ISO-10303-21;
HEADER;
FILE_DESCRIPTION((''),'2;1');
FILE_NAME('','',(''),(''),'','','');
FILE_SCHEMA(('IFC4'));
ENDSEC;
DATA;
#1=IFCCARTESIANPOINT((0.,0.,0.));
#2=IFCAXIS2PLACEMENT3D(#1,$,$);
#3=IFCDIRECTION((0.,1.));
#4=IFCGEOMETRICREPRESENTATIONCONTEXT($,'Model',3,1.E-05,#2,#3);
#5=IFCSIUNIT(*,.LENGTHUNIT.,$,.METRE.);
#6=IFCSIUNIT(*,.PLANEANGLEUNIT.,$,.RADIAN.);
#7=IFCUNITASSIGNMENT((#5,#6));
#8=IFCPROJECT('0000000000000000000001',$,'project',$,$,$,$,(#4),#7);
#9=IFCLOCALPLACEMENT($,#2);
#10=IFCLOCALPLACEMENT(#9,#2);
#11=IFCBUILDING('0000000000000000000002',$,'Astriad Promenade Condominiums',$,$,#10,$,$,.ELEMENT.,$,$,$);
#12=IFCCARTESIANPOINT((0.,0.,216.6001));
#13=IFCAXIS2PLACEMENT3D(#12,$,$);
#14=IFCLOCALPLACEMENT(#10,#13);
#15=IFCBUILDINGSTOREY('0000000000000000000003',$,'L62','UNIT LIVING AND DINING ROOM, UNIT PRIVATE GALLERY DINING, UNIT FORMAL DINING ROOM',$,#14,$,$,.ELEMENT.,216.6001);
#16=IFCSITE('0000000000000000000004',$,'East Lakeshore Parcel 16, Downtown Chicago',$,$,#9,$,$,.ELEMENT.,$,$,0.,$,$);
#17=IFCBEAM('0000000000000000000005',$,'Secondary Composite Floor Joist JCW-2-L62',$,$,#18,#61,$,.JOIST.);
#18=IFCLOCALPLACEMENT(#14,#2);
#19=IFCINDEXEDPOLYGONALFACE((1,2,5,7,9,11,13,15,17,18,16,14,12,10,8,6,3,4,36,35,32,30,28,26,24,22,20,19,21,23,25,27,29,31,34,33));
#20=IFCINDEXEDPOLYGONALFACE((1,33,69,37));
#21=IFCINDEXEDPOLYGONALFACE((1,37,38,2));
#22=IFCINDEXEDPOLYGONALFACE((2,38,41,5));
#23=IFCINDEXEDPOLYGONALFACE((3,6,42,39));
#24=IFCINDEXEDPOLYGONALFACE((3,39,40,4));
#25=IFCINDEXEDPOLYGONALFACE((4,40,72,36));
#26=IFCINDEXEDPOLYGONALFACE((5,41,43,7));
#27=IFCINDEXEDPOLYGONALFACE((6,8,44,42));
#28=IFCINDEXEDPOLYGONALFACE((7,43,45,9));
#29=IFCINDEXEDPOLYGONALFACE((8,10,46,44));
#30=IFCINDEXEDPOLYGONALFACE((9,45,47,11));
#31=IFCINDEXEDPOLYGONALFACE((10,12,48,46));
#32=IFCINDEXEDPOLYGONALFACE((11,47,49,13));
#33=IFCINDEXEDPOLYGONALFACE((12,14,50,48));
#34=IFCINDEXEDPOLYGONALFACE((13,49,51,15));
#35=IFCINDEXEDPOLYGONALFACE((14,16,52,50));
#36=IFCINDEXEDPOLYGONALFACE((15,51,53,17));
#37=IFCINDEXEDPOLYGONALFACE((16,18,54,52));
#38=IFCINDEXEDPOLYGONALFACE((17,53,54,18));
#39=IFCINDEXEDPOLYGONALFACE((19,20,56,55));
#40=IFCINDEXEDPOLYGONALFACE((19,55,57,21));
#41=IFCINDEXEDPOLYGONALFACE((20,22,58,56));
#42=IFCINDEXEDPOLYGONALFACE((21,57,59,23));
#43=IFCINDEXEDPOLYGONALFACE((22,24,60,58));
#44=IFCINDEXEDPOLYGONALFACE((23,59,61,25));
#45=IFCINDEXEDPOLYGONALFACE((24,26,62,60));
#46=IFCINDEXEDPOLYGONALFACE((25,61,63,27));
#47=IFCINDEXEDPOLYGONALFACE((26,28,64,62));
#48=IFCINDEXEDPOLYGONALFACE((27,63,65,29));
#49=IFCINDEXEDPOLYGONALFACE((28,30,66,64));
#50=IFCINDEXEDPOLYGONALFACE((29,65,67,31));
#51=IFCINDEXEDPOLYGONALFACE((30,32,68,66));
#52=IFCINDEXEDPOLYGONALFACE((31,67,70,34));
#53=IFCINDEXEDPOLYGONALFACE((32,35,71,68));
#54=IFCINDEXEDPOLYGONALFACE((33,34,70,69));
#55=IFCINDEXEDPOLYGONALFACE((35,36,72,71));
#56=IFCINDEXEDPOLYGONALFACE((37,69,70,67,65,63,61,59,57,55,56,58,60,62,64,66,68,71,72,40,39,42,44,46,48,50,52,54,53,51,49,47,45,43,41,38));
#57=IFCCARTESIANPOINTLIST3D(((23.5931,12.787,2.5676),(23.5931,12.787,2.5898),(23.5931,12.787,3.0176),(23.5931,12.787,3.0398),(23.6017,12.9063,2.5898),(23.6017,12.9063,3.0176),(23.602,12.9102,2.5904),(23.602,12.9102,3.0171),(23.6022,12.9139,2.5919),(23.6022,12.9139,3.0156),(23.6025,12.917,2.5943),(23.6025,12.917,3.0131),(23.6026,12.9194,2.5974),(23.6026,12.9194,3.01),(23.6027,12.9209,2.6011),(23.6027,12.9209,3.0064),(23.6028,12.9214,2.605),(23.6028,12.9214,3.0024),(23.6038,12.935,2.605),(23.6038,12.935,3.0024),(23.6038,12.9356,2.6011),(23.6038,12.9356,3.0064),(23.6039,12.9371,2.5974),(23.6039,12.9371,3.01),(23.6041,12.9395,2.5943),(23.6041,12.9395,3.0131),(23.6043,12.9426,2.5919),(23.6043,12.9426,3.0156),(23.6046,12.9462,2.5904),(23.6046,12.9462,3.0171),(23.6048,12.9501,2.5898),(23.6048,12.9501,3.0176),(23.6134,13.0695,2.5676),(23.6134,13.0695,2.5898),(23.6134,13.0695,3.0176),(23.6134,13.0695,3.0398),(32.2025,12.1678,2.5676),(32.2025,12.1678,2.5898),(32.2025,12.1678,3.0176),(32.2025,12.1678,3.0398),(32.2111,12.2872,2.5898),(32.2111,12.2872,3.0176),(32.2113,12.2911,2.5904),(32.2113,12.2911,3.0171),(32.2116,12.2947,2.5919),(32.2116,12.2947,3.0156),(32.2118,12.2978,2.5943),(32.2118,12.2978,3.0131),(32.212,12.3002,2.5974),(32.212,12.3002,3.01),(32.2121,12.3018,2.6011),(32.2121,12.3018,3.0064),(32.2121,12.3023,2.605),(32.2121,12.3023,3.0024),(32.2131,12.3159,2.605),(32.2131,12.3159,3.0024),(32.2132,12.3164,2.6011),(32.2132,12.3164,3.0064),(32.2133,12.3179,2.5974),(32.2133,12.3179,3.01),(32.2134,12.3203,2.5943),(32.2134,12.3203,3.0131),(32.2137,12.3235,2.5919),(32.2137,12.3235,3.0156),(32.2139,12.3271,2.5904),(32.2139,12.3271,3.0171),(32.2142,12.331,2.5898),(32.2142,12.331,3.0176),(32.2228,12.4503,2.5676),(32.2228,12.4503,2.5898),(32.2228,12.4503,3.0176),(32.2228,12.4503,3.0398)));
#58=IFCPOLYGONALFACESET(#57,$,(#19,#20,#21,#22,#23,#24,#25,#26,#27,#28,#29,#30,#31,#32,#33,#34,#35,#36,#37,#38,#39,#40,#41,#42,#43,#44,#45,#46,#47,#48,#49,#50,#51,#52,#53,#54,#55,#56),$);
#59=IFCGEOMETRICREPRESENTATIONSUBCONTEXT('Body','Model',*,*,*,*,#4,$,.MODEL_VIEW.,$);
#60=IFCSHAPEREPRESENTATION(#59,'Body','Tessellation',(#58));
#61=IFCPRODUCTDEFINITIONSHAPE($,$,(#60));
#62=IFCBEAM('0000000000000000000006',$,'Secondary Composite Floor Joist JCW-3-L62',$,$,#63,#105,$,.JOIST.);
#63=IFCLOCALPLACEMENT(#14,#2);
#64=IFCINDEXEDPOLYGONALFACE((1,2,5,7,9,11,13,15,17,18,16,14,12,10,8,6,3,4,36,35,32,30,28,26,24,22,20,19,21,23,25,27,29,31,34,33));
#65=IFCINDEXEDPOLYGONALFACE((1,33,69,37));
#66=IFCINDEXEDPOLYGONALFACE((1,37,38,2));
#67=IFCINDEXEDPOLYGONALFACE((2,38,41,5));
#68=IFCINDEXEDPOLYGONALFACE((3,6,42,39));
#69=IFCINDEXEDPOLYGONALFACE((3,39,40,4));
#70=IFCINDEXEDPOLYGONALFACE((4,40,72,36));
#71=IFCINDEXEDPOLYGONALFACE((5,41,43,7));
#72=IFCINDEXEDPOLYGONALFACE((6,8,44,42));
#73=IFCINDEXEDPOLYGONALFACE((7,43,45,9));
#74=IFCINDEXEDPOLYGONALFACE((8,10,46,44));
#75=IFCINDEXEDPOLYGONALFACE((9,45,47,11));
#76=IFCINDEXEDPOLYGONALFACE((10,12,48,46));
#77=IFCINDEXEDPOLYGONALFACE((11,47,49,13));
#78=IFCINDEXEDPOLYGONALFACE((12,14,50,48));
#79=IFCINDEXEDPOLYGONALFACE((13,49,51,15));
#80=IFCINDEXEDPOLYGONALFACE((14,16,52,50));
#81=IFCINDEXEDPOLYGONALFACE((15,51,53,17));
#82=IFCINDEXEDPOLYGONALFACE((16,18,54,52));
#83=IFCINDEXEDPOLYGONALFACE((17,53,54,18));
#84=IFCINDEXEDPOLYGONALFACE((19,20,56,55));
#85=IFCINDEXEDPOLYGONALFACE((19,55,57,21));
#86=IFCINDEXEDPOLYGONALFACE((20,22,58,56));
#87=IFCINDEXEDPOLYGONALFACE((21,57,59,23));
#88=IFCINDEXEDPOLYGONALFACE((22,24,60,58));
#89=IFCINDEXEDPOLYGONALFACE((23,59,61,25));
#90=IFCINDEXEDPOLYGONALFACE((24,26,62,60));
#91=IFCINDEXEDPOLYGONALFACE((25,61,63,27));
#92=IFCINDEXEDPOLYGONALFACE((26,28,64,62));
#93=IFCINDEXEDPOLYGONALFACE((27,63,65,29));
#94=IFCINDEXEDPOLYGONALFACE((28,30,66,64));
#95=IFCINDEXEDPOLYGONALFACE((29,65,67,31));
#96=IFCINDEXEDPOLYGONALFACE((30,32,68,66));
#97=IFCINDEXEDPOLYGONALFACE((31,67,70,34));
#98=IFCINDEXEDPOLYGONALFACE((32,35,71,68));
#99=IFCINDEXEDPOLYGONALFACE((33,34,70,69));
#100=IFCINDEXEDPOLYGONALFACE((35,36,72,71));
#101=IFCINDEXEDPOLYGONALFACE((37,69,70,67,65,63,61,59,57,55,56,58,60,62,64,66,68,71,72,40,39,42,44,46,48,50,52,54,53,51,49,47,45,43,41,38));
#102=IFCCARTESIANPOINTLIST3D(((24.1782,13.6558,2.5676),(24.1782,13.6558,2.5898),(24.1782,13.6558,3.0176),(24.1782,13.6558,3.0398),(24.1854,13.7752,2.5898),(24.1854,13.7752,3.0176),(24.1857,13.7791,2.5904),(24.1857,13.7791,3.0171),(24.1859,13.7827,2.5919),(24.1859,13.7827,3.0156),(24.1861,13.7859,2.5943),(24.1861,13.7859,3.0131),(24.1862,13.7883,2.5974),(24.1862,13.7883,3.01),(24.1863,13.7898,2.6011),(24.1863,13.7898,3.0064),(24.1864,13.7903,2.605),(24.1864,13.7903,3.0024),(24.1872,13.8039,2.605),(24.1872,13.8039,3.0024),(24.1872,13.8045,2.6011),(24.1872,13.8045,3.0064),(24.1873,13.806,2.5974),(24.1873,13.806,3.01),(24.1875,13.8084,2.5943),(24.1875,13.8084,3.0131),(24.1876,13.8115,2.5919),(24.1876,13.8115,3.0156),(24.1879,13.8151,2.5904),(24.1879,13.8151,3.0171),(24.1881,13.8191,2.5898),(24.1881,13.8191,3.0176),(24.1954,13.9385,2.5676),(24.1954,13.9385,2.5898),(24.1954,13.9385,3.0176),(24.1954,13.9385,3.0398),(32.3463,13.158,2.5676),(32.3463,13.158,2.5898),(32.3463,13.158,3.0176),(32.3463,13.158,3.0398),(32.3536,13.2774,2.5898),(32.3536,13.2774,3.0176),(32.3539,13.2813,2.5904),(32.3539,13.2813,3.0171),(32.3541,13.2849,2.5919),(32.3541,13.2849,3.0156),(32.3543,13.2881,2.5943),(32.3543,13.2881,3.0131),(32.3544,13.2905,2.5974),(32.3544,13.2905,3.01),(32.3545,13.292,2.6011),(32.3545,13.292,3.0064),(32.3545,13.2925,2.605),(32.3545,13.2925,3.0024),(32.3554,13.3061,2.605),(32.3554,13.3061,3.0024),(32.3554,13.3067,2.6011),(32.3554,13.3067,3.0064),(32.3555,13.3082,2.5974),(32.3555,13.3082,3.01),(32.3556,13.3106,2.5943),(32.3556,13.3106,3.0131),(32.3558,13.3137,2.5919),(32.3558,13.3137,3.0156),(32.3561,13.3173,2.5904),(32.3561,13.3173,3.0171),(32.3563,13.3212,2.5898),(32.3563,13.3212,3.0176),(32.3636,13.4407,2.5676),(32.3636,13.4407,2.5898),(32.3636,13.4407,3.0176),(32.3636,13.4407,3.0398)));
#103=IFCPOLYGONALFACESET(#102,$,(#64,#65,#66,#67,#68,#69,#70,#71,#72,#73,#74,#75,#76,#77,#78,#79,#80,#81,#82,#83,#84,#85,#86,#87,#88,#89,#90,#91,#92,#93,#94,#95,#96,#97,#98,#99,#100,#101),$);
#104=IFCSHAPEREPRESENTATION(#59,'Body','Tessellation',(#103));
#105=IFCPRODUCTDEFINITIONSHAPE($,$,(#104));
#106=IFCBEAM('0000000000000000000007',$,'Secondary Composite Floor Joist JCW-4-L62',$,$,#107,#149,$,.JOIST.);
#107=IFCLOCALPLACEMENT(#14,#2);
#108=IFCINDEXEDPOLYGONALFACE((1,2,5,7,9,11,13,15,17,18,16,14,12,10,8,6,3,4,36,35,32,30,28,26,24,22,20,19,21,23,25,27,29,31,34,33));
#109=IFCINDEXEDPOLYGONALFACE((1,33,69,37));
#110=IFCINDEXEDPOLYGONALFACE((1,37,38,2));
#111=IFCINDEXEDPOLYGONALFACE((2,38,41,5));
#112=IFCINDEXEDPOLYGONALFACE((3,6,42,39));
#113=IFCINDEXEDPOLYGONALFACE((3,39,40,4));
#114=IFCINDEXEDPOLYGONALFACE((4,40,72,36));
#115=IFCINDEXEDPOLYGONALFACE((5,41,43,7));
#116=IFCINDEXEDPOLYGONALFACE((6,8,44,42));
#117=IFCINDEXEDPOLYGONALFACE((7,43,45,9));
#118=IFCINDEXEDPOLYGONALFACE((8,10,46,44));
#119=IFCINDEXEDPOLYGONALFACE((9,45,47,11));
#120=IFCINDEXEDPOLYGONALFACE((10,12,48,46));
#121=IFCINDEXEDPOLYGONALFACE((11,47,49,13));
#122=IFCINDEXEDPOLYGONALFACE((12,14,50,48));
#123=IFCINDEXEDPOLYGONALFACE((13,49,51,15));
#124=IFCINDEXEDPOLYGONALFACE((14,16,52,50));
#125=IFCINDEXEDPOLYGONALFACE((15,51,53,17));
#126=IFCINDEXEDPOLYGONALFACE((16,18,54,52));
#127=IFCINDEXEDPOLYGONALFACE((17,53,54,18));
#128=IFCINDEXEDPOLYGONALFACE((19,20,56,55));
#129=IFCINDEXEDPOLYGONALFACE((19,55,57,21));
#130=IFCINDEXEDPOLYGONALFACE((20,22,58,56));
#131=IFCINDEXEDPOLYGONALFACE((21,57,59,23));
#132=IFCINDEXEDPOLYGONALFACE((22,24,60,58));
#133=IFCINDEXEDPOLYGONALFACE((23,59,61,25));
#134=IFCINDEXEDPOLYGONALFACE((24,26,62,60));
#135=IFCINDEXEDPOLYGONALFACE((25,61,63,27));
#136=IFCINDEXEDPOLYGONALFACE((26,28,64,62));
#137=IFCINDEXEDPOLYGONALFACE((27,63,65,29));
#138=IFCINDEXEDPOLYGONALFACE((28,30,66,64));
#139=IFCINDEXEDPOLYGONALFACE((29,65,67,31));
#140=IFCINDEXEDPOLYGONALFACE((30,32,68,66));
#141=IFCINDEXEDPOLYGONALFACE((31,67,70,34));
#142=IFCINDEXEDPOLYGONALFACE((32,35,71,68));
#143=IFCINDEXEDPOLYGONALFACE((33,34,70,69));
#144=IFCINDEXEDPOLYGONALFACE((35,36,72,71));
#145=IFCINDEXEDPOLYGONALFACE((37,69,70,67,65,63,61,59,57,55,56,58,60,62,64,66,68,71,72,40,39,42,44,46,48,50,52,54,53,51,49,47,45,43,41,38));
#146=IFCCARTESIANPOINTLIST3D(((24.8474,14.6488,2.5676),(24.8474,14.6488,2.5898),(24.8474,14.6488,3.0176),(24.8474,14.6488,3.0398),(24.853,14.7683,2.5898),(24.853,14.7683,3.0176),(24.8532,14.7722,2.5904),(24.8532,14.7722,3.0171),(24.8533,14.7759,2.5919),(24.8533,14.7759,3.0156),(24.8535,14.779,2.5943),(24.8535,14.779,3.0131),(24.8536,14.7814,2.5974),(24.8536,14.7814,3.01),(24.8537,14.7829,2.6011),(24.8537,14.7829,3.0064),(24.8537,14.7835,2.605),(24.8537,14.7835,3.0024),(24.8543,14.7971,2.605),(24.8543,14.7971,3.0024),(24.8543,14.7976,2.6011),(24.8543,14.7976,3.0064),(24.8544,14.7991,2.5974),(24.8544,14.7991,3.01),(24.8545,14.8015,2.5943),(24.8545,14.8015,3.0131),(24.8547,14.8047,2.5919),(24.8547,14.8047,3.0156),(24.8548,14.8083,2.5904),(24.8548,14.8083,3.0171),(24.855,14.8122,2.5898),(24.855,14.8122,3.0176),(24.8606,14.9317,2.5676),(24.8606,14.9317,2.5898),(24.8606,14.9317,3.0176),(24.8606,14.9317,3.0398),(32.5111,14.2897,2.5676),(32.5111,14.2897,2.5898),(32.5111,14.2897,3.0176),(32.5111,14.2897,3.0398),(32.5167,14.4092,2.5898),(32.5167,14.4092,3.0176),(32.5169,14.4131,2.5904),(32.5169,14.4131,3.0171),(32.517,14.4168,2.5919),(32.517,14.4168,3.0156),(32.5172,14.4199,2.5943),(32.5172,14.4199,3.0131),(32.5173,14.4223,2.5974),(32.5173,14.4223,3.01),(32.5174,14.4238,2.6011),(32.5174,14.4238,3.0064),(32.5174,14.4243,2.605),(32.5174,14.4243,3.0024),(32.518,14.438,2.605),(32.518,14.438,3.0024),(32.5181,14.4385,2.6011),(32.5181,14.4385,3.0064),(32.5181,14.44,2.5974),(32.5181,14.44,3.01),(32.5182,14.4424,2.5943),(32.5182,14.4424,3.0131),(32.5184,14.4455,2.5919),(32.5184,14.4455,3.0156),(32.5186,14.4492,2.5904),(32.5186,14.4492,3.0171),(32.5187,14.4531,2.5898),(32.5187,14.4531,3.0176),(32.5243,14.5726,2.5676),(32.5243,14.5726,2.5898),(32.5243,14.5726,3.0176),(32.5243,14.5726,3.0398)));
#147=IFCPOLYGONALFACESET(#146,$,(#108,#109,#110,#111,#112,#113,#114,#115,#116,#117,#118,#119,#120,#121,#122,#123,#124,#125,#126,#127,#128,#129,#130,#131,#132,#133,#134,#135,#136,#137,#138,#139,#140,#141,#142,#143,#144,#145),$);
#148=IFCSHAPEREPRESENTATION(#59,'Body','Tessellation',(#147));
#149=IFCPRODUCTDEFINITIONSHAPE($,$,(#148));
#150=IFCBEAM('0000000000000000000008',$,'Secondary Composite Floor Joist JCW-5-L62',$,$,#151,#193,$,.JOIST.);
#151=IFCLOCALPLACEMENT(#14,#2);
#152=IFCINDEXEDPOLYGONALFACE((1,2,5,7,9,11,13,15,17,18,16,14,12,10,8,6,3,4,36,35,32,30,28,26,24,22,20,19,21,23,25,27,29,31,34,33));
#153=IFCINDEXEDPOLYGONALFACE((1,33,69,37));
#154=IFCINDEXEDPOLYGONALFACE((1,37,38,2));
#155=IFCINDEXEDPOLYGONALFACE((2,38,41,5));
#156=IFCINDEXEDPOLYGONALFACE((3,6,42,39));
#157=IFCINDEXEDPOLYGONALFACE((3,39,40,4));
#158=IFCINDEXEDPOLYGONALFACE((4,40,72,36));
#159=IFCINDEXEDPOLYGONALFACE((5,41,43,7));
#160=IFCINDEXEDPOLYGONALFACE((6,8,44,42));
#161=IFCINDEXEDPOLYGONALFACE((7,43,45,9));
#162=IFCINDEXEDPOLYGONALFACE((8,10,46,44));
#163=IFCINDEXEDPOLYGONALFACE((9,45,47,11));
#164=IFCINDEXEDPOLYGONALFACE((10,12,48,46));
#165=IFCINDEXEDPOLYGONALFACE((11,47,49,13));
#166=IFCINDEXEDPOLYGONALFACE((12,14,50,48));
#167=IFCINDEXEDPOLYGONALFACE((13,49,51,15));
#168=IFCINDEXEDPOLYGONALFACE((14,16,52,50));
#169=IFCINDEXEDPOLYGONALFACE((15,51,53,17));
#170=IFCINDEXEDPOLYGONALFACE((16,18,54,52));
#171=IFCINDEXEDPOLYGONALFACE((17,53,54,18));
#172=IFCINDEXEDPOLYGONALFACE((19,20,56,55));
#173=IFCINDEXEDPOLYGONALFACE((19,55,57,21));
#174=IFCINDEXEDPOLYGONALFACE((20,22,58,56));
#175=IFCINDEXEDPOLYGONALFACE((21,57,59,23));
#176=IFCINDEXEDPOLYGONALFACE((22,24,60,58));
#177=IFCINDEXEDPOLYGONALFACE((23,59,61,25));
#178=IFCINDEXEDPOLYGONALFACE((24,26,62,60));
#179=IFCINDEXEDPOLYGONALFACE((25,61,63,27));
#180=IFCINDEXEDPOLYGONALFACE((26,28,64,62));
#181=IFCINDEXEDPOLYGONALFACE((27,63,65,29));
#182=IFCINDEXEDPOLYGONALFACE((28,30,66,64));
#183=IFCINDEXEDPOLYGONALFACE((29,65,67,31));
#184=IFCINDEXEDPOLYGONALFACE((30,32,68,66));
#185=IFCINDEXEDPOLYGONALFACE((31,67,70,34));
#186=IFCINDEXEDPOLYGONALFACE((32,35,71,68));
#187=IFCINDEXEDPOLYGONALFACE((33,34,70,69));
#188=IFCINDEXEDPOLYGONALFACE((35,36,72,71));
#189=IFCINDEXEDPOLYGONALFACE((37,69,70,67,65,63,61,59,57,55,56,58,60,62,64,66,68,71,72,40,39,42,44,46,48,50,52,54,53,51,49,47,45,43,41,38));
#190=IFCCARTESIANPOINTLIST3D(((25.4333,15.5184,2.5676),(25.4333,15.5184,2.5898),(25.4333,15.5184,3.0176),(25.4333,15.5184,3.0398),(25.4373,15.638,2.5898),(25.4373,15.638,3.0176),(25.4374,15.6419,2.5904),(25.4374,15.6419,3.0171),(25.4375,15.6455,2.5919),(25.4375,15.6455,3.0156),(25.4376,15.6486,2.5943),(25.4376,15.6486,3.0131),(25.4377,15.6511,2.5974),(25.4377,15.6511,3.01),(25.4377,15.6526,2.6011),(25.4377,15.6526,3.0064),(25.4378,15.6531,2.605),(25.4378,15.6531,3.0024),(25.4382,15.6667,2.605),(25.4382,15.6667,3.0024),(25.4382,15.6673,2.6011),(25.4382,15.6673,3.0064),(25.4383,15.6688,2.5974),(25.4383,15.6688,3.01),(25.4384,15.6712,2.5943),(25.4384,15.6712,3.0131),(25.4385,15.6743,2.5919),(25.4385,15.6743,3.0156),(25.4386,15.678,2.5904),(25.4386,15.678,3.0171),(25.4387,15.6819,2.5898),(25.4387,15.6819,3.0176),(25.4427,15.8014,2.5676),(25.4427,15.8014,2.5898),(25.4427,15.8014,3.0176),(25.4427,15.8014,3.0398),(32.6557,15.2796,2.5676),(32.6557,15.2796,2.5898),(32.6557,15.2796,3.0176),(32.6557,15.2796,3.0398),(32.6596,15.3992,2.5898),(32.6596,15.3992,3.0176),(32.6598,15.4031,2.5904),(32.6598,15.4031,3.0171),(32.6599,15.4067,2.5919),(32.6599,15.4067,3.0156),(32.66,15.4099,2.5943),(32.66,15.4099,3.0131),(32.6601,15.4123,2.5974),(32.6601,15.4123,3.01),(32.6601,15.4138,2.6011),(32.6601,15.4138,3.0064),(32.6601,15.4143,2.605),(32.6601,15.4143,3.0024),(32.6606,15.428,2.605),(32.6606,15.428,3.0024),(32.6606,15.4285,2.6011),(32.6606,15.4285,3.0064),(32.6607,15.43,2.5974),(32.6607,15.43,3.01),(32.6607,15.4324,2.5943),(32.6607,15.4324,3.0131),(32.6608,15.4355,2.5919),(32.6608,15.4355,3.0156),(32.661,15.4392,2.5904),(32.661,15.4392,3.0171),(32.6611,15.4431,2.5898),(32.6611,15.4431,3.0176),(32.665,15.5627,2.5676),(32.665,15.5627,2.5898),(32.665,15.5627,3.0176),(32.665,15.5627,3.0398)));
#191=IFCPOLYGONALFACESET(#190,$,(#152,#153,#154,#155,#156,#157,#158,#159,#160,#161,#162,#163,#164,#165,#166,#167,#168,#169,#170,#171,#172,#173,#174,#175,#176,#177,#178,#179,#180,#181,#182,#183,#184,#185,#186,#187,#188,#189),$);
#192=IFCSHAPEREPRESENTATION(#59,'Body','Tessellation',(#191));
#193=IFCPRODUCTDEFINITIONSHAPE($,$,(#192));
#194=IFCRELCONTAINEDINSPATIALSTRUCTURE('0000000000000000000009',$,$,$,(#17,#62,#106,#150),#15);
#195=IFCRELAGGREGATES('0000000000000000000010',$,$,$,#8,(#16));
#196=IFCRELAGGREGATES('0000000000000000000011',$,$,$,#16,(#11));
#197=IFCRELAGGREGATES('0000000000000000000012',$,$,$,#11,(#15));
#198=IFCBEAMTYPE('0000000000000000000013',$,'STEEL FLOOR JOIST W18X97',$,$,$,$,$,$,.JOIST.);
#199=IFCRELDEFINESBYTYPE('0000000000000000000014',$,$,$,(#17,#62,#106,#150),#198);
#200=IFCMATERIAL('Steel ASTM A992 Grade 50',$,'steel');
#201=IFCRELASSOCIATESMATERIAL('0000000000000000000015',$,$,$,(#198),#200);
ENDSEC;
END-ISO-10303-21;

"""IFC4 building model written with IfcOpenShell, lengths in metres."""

from ifc_helpers import new_model, si_unit, direction, frame, origin, origin_2d, place, context, subcontext, project, spatial, i_section, extrude, source, transform, mapped, material, material_profile, profile_set, type_object, element, save


model = new_model("IFC4")

# Units and contexts
model_context = context("Model", 3, precision=1e-05, world=origin(), true_north=direction((0.0, 1.0)))
body_context = subcontext(model_context, "Body", "Model", "MODEL_VIEW")
ifc_project = project(units=[si_unit("LENGTHUNIT", "METRE"), si_unit("PLANEANGLEUNIT", "RADIAN")], contexts=[model_context])

# Site, building, storey
site_placement = place(None, origin())
site = spatial("IfcSite", under=ifc_project, at=site_placement, Name="East Lakeshore Parcel 16, Downtown Chicago", CompositionType="ELEMENT", RefElevation=0.0)
building_placement = place(site_placement, origin())
building = spatial("IfcBuilding", under=site, at=building_placement, Name="Astriad Promenade Condominiums", CompositionType="ELEMENT")
storey_placement = place(building_placement, frame((0.0, 0.0, 216.6001)))
storey = spatial("IfcBuildingStorey", under=building, at=storey_placement, Name="L62", Description="UNIT LIVING AND DINING ROOM, UNIT PRIVATE GALLERY DINING, UNIT FORMAL DINING ROOM", CompositionType="ELEMENT", Elevation=216.6001)

# Beams
ifc_material_1 = material(Name="Steel ASTM A992 Grade 50", Category="steel")
ifc_material_profile_1 = material_profile(ifc_material_1, i_section(OverallWidth=0.2832, OverallDepth=0.4722, WebThickness=0.0137, FlangeThickness=0.0222, FilletRadius=0.0151, at=origin_2d()), Name="W18X97")
ifc_profile_set_1 = profile_set([ifc_material_profile_1], Name="Steel ASTM A992 Grade 50")
beam_type_1 = type_object("IfcBeamType", Name="STEEL FLOOR JOIST W18X97", PredefinedType="JOIST", material=ifc_profile_set_1)
shared_shape_1 = source(origin(), body_context, "Body", "SweptSolid", [
    extrude(i_section(OverallWidth=0.2832, OverallDepth=0.4722, WebThickness=0.0137, FlangeThickness=0.0222, FilletRadius=0.0151, at=origin_2d()), origin(), (0.0, 0.0, 1.0), 8.6316),
])
beam_1_placement = place(storey_placement, frame((23.6033, 12.9282, 2.8037), z_axis=(0.997424, -0.071729, 0.0), x_axis=(0.071729, 0.997424, 0.0)))
element("IfcBeam", 1, at=beam_1_placement, inside=storey, type_object=beam_type_1, Name="Secondary Composite Floor Joist JCW-2-L62", PredefinedType="JOIST", context=body_context, shape_type="MappedRepresentation", body=[
    mapped(shared_shape_1, transform((0.0, 0.0, 0.0), scale=1.0)),
])
shared_shape_2 = source(origin(), body_context, "Body", "SweptSolid", [
    extrude(i_section(OverallWidth=0.2832, OverallDepth=0.4722, WebThickness=0.0137, FlangeThickness=0.0222, FilletRadius=0.0151, at=origin_2d()), origin(), (0.0, 0.0, 1.0), 8.1833),
])
beam_2_placement = place(storey_placement, frame((24.1868, 13.7971, 2.8037), z_axis=(0.998148, -0.060831, 0.0), x_axis=(0.060831, 0.998148, 0.0)))
element("IfcBeam", 2, at=beam_2_placement, inside=storey, type_object=beam_type_1, Name="Secondary Composite Floor Joist JCW-3-L62", PredefinedType="JOIST", context=body_context, shape_type="MappedRepresentation", body=[
    mapped(shared_shape_2, transform((0.0, 0.0, 0.0), scale=1.0)),
])
shared_shape_3 = source(origin(), body_context, "Body", "SweptSolid", [
    extrude(i_section(OverallWidth=0.2832, OverallDepth=0.4722, WebThickness=0.0137, FlangeThickness=0.0222, FilletRadius=0.0151, at=origin_2d()), origin(), (0.0, 0.0, 1.0), 7.6721),
])
beam_3_placement = place(storey_placement, frame((24.854, 14.7903, 2.8037), z_axis=(0.998904, -0.046809, 0.0), x_axis=(0.046809, 0.998904, 0.0)))
element("IfcBeam", 3, at=beam_3_placement, inside=storey, type_object=beam_type_1, Name="Secondary Composite Floor Joist JCW-4-L62", PredefinedType="JOIST", context=body_context, shape_type="MappedRepresentation", body=[
    mapped(shared_shape_3, transform((0.0, 0.0, 0.0), scale=1.0)),
])
shared_shape_4 = source(origin(), body_context, "Body", "SweptSolid", [
    extrude(i_section(OverallWidth=0.2832, OverallDepth=0.4722, WebThickness=0.0137, FlangeThickness=0.0222, FilletRadius=0.0151, at=origin_2d()), origin(), (0.0, 0.0, 1.0), 7.2263),
])
beam_4_placement = place(storey_placement, frame((25.438, 15.6599, 2.8037), z_axis=(0.999454, -0.033041, 0.0), x_axis=(0.033041, 0.999454, 0.0)))
element("IfcBeam", 4, at=beam_4_placement, inside=storey, type_object=beam_type_1, Name="Secondary Composite Floor Joist JCW-5-L62", PredefinedType="JOIST", context=body_context, shape_type="MappedRepresentation", body=[
    mapped(shared_shape_4, transform((0.0, 0.0, 0.0), scale=1.0)),
])

save(model, "model.ifc")
